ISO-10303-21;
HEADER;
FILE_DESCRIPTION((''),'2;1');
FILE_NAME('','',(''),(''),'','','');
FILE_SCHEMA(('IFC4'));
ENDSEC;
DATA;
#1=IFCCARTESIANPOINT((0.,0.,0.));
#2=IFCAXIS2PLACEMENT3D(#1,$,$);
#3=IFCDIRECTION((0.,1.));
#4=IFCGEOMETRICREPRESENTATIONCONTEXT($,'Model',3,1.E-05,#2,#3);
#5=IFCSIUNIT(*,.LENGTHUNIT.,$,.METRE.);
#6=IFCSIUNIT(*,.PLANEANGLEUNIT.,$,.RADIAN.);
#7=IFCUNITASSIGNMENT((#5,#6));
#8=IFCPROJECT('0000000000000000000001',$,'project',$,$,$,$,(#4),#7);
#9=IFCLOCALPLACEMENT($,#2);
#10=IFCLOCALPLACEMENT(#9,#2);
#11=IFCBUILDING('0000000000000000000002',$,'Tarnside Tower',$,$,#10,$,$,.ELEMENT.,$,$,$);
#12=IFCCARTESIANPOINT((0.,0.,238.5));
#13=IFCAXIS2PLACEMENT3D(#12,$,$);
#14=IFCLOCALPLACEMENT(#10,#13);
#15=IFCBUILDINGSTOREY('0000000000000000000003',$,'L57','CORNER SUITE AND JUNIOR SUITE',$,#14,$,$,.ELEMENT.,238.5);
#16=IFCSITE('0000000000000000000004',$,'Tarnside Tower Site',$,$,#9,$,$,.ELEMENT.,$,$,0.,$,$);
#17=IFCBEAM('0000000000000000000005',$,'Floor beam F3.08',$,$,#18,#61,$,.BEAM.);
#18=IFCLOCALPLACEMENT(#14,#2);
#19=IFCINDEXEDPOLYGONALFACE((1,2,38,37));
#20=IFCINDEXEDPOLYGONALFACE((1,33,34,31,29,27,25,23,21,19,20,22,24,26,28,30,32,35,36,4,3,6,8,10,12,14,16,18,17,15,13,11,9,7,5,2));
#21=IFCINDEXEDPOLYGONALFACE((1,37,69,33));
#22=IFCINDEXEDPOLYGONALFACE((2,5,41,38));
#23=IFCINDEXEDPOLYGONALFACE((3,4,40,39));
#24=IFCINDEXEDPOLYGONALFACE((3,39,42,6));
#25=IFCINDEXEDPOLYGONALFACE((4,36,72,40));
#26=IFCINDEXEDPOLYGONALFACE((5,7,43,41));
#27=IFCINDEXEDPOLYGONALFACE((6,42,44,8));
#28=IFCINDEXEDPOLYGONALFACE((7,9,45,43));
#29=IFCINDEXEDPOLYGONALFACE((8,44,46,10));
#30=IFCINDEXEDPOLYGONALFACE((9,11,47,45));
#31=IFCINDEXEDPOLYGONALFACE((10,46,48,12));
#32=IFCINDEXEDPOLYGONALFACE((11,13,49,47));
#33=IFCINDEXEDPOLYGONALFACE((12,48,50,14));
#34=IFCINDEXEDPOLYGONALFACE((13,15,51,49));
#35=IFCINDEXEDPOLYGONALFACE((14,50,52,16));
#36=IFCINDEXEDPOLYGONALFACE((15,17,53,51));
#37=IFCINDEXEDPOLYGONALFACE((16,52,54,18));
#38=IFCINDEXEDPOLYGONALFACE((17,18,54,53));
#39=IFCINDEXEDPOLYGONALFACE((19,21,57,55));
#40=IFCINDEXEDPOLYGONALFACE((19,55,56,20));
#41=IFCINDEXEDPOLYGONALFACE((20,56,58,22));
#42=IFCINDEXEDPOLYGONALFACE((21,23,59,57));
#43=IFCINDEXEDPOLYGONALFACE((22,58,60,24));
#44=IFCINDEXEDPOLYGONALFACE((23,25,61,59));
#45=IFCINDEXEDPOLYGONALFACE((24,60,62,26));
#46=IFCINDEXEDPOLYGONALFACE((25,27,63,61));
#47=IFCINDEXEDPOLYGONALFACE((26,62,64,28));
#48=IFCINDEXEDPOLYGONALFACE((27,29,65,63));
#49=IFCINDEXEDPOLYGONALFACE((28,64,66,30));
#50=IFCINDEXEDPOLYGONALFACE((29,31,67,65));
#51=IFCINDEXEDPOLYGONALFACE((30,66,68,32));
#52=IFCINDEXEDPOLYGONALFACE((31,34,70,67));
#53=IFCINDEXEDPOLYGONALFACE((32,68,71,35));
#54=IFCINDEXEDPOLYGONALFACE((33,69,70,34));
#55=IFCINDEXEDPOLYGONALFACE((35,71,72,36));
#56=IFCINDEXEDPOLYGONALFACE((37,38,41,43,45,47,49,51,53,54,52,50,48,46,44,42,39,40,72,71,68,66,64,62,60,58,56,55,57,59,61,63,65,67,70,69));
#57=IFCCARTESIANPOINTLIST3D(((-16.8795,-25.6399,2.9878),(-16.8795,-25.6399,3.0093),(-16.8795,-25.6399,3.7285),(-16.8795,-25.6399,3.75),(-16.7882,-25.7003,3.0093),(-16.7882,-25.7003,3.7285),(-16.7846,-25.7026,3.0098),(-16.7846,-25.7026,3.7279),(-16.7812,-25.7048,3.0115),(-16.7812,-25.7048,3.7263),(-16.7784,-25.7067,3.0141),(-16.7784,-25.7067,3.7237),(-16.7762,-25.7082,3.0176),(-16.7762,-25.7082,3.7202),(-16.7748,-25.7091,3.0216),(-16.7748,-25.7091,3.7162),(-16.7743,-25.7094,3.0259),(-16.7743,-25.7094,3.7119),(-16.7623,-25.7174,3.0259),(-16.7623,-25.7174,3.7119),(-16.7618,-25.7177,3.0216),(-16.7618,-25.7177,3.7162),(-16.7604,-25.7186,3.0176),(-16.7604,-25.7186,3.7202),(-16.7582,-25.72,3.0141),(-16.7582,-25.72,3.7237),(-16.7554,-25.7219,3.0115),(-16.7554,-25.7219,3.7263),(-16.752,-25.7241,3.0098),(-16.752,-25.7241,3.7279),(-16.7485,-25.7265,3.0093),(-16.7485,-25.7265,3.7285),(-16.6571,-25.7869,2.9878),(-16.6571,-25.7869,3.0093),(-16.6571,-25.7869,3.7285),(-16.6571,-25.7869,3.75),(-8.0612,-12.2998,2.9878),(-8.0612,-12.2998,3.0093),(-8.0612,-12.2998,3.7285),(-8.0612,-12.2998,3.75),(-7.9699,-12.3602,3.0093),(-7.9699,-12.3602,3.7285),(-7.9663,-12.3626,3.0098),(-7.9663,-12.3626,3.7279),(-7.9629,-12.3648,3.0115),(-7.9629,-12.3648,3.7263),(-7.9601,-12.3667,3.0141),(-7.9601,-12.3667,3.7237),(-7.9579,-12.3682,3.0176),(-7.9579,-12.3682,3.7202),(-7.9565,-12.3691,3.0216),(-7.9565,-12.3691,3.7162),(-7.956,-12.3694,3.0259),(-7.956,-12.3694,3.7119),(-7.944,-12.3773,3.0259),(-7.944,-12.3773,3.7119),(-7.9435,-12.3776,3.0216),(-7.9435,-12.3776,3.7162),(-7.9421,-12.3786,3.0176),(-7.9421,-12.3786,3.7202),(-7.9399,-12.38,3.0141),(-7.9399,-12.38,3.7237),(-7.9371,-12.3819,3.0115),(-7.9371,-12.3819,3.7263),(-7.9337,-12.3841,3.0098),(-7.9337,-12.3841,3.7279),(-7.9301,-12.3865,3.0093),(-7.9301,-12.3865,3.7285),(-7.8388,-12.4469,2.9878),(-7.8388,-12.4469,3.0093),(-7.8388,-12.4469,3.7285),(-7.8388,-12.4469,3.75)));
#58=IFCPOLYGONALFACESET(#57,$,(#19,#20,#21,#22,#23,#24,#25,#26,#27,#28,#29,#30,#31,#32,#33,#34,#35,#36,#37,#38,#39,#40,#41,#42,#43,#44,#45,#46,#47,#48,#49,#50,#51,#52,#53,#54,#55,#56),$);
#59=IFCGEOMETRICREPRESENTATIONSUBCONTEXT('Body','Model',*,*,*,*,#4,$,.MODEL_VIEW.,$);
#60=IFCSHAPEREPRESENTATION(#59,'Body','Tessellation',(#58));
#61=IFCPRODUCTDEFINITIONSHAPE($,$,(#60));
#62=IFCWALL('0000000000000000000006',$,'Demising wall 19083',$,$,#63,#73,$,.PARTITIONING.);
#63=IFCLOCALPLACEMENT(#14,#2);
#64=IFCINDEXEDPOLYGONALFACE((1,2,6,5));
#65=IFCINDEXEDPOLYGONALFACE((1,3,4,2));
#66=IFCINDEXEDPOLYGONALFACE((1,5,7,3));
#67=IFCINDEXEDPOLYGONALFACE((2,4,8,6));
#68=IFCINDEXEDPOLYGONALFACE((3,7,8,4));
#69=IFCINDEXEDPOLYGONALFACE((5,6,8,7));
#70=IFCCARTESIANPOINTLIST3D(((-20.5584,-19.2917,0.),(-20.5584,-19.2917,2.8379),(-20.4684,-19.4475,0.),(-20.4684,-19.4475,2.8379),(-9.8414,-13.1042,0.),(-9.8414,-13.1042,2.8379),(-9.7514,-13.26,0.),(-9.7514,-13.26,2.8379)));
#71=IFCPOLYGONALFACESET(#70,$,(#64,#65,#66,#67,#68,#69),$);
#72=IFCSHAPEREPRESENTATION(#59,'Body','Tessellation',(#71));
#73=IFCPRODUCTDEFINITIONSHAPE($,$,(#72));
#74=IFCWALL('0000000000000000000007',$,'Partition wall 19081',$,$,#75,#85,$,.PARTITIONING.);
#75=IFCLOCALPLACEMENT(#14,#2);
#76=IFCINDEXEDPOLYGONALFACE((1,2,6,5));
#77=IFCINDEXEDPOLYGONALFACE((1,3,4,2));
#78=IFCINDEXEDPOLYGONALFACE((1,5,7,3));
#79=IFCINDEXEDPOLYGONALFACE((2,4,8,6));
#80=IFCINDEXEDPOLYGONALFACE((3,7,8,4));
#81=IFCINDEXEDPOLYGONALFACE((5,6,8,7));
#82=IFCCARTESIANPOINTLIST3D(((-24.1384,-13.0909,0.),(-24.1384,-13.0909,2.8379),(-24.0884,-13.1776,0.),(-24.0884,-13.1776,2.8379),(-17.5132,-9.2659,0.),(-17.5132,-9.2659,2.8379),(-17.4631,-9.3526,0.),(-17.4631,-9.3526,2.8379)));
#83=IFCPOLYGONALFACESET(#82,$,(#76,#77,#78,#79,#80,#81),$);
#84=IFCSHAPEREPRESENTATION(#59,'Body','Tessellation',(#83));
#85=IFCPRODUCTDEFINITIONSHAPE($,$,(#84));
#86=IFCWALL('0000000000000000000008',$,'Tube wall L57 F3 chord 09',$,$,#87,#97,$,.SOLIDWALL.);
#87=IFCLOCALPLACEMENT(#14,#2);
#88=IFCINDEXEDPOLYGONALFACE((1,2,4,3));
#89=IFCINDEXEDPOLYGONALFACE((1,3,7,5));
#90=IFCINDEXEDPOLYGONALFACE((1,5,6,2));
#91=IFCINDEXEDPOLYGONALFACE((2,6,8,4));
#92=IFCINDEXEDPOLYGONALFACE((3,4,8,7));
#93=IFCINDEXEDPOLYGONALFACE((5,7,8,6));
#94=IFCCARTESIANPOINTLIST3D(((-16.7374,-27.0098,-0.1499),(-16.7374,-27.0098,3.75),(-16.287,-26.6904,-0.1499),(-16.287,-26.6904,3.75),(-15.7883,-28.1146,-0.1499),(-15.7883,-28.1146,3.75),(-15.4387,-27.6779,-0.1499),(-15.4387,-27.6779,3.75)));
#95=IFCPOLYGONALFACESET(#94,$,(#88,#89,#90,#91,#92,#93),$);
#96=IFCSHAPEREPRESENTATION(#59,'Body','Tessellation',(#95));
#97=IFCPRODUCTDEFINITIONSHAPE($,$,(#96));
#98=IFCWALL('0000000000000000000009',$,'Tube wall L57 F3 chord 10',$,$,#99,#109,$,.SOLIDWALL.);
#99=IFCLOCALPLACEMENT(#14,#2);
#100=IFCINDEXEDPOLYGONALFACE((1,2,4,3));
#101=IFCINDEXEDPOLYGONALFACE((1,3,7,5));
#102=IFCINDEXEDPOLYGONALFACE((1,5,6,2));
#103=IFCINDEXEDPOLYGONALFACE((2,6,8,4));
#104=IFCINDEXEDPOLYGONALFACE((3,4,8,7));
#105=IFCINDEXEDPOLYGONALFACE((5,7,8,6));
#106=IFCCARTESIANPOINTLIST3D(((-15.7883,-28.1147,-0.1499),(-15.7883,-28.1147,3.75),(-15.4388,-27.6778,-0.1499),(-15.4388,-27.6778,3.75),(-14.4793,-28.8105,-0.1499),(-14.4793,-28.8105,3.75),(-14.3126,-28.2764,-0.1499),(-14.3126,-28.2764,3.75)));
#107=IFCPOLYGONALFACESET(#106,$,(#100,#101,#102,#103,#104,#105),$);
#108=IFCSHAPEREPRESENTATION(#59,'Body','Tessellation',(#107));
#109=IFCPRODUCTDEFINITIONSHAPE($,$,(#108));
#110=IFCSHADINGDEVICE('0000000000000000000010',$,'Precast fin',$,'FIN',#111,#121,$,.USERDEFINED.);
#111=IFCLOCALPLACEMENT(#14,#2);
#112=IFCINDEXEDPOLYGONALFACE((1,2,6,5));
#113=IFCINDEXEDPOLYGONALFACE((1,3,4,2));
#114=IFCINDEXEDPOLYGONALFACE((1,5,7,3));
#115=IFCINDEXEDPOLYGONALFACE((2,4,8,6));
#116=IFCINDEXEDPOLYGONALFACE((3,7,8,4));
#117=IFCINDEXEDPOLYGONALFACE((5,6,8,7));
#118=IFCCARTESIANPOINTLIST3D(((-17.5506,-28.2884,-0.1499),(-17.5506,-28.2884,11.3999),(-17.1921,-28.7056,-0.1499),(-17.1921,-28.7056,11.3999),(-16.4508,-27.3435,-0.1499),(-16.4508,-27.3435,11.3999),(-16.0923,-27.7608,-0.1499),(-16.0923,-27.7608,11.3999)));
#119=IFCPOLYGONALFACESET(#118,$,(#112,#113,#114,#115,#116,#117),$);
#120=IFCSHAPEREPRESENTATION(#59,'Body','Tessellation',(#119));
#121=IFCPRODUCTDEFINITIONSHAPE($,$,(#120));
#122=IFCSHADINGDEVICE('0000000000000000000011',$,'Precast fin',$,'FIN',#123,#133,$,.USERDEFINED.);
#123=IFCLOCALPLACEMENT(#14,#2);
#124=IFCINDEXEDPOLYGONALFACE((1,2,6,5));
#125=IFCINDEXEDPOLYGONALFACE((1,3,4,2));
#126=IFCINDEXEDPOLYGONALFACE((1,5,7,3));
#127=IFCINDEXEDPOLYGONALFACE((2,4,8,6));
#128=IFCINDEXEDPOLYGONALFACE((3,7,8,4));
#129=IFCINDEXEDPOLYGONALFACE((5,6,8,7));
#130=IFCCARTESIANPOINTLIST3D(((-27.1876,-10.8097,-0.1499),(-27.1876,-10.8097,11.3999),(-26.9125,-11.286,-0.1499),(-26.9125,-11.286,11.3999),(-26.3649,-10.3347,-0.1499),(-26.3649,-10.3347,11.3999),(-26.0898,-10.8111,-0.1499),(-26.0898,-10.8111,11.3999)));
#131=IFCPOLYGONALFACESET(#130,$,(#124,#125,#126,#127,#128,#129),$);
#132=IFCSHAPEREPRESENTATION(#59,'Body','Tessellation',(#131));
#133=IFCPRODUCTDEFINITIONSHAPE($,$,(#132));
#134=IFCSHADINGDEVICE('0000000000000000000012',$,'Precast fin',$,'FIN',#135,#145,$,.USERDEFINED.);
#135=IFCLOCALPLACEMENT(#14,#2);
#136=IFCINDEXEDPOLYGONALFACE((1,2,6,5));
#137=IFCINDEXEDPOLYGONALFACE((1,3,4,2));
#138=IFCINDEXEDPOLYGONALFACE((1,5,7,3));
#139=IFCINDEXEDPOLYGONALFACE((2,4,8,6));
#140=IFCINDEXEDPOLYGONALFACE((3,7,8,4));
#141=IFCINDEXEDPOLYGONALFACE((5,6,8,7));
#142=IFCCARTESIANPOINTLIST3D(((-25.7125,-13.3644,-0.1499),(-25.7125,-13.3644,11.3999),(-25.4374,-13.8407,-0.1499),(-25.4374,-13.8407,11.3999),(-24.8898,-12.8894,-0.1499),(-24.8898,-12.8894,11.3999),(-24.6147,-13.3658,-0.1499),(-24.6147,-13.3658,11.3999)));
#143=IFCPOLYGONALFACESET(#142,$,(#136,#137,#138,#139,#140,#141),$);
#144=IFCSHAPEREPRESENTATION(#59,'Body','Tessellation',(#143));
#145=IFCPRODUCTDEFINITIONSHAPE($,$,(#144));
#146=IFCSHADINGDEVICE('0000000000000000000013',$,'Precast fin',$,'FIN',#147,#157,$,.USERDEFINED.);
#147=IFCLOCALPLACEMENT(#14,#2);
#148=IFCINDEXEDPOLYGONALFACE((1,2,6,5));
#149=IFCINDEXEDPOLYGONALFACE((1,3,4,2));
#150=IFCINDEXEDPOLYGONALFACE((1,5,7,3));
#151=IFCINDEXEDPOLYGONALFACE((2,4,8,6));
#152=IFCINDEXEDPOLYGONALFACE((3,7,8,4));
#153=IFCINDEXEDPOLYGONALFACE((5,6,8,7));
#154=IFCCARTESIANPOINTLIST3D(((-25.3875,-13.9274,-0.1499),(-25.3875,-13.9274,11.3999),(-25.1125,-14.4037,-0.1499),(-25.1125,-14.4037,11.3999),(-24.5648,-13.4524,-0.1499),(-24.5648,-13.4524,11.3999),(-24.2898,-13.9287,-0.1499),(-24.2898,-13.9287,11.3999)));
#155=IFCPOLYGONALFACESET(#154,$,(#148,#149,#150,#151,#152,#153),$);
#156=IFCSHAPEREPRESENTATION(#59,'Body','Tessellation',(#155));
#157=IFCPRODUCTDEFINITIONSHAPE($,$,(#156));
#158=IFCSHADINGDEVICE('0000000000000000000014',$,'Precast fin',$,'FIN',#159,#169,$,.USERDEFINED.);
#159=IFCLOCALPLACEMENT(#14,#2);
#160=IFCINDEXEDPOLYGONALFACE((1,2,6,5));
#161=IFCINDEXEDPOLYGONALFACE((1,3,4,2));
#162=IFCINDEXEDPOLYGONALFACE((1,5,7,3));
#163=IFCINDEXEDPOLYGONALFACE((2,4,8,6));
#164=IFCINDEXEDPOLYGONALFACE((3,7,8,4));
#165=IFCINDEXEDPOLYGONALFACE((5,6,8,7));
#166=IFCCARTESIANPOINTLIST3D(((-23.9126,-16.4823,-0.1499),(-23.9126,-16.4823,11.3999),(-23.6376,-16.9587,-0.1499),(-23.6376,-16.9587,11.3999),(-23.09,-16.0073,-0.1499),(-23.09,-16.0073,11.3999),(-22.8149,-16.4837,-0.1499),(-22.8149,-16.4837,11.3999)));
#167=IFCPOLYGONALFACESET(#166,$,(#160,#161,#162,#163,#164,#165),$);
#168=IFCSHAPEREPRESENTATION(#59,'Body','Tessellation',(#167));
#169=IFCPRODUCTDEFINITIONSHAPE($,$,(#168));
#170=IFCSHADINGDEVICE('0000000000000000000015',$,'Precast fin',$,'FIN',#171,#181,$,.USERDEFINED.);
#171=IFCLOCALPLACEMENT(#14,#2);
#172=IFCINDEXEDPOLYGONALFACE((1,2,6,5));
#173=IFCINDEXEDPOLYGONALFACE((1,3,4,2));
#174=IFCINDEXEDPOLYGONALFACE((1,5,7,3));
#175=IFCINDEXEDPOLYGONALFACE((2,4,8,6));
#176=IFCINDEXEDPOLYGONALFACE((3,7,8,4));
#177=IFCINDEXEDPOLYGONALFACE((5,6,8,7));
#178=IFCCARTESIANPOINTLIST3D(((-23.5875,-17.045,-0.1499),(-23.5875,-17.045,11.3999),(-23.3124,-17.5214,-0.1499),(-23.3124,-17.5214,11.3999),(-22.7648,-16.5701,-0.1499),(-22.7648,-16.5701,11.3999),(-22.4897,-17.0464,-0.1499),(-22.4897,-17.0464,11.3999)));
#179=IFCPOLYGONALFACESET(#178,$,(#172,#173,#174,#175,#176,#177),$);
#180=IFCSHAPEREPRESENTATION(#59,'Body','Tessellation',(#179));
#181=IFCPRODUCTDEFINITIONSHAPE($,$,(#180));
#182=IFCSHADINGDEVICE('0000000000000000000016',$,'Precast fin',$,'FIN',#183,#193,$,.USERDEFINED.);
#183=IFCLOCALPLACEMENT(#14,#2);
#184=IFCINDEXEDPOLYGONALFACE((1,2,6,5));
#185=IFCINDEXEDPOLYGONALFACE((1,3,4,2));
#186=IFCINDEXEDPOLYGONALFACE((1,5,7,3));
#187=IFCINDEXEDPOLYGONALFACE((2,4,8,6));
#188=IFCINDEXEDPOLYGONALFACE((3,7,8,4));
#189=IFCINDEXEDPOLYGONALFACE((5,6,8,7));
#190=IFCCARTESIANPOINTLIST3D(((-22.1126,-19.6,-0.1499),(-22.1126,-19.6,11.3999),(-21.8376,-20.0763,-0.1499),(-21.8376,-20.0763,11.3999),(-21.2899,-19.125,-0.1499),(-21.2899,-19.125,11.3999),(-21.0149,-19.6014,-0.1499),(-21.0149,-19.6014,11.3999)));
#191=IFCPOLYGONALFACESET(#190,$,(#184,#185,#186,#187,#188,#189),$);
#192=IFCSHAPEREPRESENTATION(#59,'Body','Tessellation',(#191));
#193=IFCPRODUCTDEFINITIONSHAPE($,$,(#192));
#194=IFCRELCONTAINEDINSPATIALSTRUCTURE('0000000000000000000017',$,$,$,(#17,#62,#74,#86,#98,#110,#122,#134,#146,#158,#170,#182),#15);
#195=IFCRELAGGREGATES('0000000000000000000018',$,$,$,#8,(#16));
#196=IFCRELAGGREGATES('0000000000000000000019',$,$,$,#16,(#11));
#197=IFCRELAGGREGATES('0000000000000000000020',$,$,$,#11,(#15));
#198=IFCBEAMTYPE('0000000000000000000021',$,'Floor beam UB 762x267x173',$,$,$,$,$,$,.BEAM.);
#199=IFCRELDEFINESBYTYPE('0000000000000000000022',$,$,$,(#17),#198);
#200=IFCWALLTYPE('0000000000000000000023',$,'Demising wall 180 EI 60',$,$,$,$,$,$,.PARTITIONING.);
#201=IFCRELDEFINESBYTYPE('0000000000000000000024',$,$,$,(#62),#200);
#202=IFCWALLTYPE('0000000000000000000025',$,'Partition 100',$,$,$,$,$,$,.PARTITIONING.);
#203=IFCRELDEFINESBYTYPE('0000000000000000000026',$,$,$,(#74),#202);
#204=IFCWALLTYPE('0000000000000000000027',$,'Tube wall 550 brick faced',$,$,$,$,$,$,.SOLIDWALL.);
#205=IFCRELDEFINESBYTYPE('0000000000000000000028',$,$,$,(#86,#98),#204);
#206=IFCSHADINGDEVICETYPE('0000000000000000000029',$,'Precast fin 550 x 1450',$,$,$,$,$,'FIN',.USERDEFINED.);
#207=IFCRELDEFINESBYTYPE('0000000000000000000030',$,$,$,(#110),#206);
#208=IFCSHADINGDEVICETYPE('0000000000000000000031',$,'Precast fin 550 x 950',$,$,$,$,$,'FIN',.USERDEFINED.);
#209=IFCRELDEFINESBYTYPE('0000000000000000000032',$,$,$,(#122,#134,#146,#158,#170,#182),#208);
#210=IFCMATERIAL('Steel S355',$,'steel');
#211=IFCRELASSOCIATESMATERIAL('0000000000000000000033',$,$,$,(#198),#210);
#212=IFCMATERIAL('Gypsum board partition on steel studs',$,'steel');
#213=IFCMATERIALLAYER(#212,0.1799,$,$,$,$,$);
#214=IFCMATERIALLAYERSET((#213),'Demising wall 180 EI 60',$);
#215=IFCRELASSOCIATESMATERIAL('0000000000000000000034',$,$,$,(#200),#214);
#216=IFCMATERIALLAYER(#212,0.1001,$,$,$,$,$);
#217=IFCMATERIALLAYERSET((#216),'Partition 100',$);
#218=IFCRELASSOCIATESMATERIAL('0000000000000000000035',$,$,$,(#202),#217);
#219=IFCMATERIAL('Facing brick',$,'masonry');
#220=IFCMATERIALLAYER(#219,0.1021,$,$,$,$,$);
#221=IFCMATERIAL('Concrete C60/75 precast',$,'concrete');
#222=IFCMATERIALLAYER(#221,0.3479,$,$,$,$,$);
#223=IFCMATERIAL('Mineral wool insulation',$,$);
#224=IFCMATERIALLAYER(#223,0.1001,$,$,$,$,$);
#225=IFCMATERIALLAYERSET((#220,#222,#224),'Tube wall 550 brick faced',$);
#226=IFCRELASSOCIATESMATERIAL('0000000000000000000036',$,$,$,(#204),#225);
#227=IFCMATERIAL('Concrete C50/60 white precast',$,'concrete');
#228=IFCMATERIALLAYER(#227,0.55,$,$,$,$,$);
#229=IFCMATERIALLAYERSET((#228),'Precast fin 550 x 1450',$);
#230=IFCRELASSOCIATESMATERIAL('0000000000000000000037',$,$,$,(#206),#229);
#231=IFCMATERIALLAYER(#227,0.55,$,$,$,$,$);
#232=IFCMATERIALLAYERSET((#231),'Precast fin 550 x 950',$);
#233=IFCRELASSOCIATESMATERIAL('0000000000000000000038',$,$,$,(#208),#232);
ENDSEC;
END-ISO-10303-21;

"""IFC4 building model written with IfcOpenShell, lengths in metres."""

from ifc_helpers import new_model, si_unit, direction, frame, frame_2d, origin, origin_2d, place, context, subcontext, project, spatial, polyline, rectangle, i_section, outline, extrude, material, layer, layer_set, material_profile, profile_set, type_object, element, save


model = new_model("IFC4")

# Units and contexts
model_context = context("Model", 3, precision=1e-05, world=origin(), true_north=direction((0.0, 1.0)))
body_context = subcontext(model_context, "Body", "Model", "MODEL_VIEW")
ifc_project = project(units=[si_unit("LENGTHUNIT", "METRE"), si_unit("PLANEANGLEUNIT", "RADIAN")], contexts=[model_context])

# Site, building, storey
site_placement = place(None, origin())
site = spatial("IfcSite", under=ifc_project, at=site_placement, Name="Tarnside Tower Site", CompositionType="ELEMENT", RefElevation=0.0)
building_placement = place(site_placement, origin())
building = spatial("IfcBuilding", under=site, at=building_placement, Name="Tarnside Tower", CompositionType="ELEMENT")
storey_placement = place(building_placement, frame((0.0, 0.0, 238.5)))
storey = spatial("IfcBuildingStorey", under=building, at=storey_placement, Name="L57", Description="CORNER SUITE AND JUNIOR SUITE", CompositionType="ELEMENT", Elevation=238.5)

# Beam
ifc_material_1 = material(Name="Steel S355", Category="steel")
ifc_material_profile_1 = material_profile(ifc_material_1, i_section(OverallWidth=0.2666, OverallDepth=0.7622, WebThickness=0.0144, FlangeThickness=0.0215, FilletRadius=0.0166, at=origin_2d()), Name="UB 762x267x173")
ifc_profile_set_1 = profile_set([ifc_material_profile_1], Name="Steel S355")
beam_type_1 = type_object("IfcBeamType", Name="Floor beam UB 762x267x173", PredefinedType="BEAM", material=ifc_profile_set_1)
beam_1_placement = place(storey_placement, frame((-16.7683, -25.7134, 3.3689), z_axis=(0.551448, 0.83421, 0.0), x_axis=(-0.83421, 0.551448, 0.0)))
element("IfcBeam", 1, at=beam_1_placement, inside=storey, type_object=beam_type_1, Name="Floor beam F3.08", PredefinedType="BEAM", context=body_context, shape_type="SweptSolid", body=[
    extrude(i_section(OverallWidth=0.2666, OverallDepth=0.7622, WebThickness=0.0144, FlangeThickness=0.0215, FilletRadius=0.0166, at=origin_2d()), origin(), (0.0, 0.0, 1.0), 15.9912),
])

# Walls
ifc_material_2 = material(Name="Gypsum board partition on steel studs", Category="steel")
ifc_layer_1 = layer(ifc_material_2, 0.1799)
ifc_layer_set_1 = layer_set([ifc_layer_1], Name="Demising wall 180 EI 60")
wall_type_1 = type_object("IfcWallType", Name="Demising wall 180 EI 60", PredefinedType="PARTITIONING", material=ifc_layer_set_1)
wall_1_placement = place(storey_placement, frame((-20.5134, -19.3696, 0.0), z_axis=(0.0, 0.0, 1.0), x_axis=(0.866025, 0.500001, 0.0)))
element("IfcWall", 2, at=wall_1_placement, inside=storey, type_object=wall_type_1, Name="Demising wall 19083", PredefinedType="PARTITIONING", context=body_context, shape_type="SweptSolid", body=[
    extrude(rectangle(XDim=12.375, YDim=0.1799, at=frame_2d((6.1875, 0.0))), origin(), (0.0, 0.0, 1.0), 2.8379),
])
ifc_layer_2 = layer(ifc_material_2, 0.1001)
ifc_layer_set_2 = layer_set([ifc_layer_2], Name="Partition 100")
wall_type_2 = type_object("IfcWallType", Name="Partition 100", PredefinedType="PARTITIONING", material=ifc_layer_set_2)
wall_2_placement = place(storey_placement, frame((-24.1135, -13.1343, 0.0), z_axis=(0.0, 0.0, 1.0), x_axis=(0.866033, 0.499987, 0.0)))
element("IfcWall", 3, at=wall_2_placement, inside=storey, type_object=wall_type_2, Name="Partition wall 19081", PredefinedType="PARTITIONING", context=body_context, shape_type="SweptSolid", body=[
    extrude(rectangle(XDim=7.6501, YDim=0.1001, at=frame_2d((3.8252, 0.0))), origin(), (0.0, 0.0, 1.0), 2.8379),
])
ifc_material_3 = material(Name="Facing brick", Category="masonry")
ifc_layer_3 = layer(ifc_material_3, 0.1021)
ifc_material_4 = material(Name="Concrete C60/75 precast", Category="concrete")
ifc_layer_4 = layer(ifc_material_4, 0.3479)
ifc_material_5 = material(Name="Mineral wool insulation")
ifc_layer_5 = layer(ifc_material_5, 0.1001)
ifc_layer_set_3 = layer_set([ifc_layer_3, ifc_layer_4, ifc_layer_5], Name="Tube wall 550 brick faced")
wall_type_3 = type_object("IfcWallType", Name="Tube wall 550 brick faced", PredefinedType="SOLIDWALL", material=ifc_layer_set_3)
wall_3_placement = place(storey_placement, frame((-16.5122, -26.8501, -0.1499), z_axis=(0.0, 0.0, 1.0), x_axis=(0.651622, -0.758544, 0.0)))
element("IfcWall", 4, at=wall_3_placement, inside=storey, type_object=wall_type_3, Name="Tube wall L57 F3 chord 09", PredefinedType="SOLIDWALL", context=body_context, shape_type="SweptSolid", body=[
    extrude(outline(polyline([(-0.0256, -0.2749), (1.4309, -0.2749), (1.3274, 0.2749), (0.0256, 0.2749), (-0.0256, -0.2749)])), origin(), (0.0, 0.0, 1.0), 3.8999),
])
wall_4_placement = place(storey_placement, frame((-15.6135, -27.8962, -0.1499), z_axis=(0.0, 0.0, 1.0), x_axis=(0.882994, -0.469384, 0.0)))
element("IfcWall", 5, at=wall_4_placement, inside=storey, type_object=wall_type_3, Name="Tube wall L57 F3 chord 10", PredefinedType="SOLIDWALL", context=body_context, shape_type="SweptSolid", body=[
    extrude(outline(polyline([(-0.0518, -0.2749), (1.4307, -0.2749), (1.3271, 0.2749), (0.0518, 0.2749), (-0.0518, -0.2749)])), origin(), (0.0, 0.0, 1.0), 3.8999),
])

# Shading devices
ifc_material_6 = material(Name="Concrete C50/60 white precast", Category="concrete")
ifc_layer_6 = layer(ifc_material_6, 0.55)
ifc_layer_set_4 = layer_set([ifc_layer_6], Name="Precast fin 550 x 1450")
shading_device_type_1 = type_object("IfcShadingDeviceType", Name="Precast fin 550 x 1450", ElementType="FIN", PredefinedType="USERDEFINED", material=ifc_layer_set_4)
shading_device_placement = place(storey_placement, frame((-16.2715, -27.5522, -0.1499), z_axis=(-0.651657, 0.758514, 0.0), x_axis=(-0.758514, -0.651657, 0.0)))
element("IfcShadingDevice", 6, at=shading_device_placement, inside=storey, type_object=shading_device_type_1, Name="Precast fin", ObjectType="FIN", PredefinedType="USERDEFINED", context=body_context, shape_type="SweptSolid", body=[
    extrude(outline(polyline([(0.0, 0.0), (1.45, 0.0), (1.45, 11.5498), (0.0, 11.5498), (0.0, 0.0)])), frame((0.0, 0.0, -0.2749)), (0.0, 0.0, 1.0), 0.55),
])
ifc_layer_7 = layer(ifc_material_6, 0.55)
ifc_layer_set_5 = layer_set([ifc_layer_7], Name="Precast fin 550 x 950")
shading_device_type_2 = type_object("IfcShadingDeviceType", Name="Precast fin 550 x 950", ElementType="FIN", PredefinedType="USERDEFINED", material=ifc_layer_set_5)
for number, where, z_axis, x_axis, name in (
    (7, (-26.2273, -10.573, -0.1499), (-0.5, 0.866025, 0.0), (-0.866025, -0.5, 0.0), "Precast fin"),
    (8, (-24.7522, -13.1277, -0.1499), (-0.5, 0.866025, 0.0), (-0.866025, -0.5, 0.0), "Precast fin"),
    (9, (-24.4272, -13.6907, -0.1499), (-0.5, 0.866025, 0.0), (-0.866025, -0.5, 0.0), "Precast fin"),
    (10, (-22.9524, -16.2456, -0.1499), (-0.5, 0.866025, 0.0), (-0.866025, -0.5, 0.0), "Precast fin"),
    (11, (-22.6272, -16.8083, -0.1499), (-0.5, 0.866025, 0.0), (-0.866025, -0.5, 0.0), "Precast fin"),
    (12, (-21.1523, -19.3633, -0.1499), (-0.5, 0.866025, 0.0), (-0.866025, -0.5, 0.0), "Precast fin"),
):
    element("IfcShadingDevice", number, at=place(storey_placement, frame(where, z_axis=z_axis, x_axis=x_axis)), inside=storey, type_object=shading_device_type_2, Name=name, ObjectType="FIN", PredefinedType="USERDEFINED", context=body_context, shape_type="SweptSolid", body=[
        extrude(outline(polyline([(0.0, 0.0), (0.95, 0.0), (0.95, 11.5498), (0.0, 11.5498), (0.0, 0.0)])), frame((0.0, 0.0, -0.2749)), (0.0, 0.0, 1.0), 0.55),
    ])

save(model, "model.ifc")
